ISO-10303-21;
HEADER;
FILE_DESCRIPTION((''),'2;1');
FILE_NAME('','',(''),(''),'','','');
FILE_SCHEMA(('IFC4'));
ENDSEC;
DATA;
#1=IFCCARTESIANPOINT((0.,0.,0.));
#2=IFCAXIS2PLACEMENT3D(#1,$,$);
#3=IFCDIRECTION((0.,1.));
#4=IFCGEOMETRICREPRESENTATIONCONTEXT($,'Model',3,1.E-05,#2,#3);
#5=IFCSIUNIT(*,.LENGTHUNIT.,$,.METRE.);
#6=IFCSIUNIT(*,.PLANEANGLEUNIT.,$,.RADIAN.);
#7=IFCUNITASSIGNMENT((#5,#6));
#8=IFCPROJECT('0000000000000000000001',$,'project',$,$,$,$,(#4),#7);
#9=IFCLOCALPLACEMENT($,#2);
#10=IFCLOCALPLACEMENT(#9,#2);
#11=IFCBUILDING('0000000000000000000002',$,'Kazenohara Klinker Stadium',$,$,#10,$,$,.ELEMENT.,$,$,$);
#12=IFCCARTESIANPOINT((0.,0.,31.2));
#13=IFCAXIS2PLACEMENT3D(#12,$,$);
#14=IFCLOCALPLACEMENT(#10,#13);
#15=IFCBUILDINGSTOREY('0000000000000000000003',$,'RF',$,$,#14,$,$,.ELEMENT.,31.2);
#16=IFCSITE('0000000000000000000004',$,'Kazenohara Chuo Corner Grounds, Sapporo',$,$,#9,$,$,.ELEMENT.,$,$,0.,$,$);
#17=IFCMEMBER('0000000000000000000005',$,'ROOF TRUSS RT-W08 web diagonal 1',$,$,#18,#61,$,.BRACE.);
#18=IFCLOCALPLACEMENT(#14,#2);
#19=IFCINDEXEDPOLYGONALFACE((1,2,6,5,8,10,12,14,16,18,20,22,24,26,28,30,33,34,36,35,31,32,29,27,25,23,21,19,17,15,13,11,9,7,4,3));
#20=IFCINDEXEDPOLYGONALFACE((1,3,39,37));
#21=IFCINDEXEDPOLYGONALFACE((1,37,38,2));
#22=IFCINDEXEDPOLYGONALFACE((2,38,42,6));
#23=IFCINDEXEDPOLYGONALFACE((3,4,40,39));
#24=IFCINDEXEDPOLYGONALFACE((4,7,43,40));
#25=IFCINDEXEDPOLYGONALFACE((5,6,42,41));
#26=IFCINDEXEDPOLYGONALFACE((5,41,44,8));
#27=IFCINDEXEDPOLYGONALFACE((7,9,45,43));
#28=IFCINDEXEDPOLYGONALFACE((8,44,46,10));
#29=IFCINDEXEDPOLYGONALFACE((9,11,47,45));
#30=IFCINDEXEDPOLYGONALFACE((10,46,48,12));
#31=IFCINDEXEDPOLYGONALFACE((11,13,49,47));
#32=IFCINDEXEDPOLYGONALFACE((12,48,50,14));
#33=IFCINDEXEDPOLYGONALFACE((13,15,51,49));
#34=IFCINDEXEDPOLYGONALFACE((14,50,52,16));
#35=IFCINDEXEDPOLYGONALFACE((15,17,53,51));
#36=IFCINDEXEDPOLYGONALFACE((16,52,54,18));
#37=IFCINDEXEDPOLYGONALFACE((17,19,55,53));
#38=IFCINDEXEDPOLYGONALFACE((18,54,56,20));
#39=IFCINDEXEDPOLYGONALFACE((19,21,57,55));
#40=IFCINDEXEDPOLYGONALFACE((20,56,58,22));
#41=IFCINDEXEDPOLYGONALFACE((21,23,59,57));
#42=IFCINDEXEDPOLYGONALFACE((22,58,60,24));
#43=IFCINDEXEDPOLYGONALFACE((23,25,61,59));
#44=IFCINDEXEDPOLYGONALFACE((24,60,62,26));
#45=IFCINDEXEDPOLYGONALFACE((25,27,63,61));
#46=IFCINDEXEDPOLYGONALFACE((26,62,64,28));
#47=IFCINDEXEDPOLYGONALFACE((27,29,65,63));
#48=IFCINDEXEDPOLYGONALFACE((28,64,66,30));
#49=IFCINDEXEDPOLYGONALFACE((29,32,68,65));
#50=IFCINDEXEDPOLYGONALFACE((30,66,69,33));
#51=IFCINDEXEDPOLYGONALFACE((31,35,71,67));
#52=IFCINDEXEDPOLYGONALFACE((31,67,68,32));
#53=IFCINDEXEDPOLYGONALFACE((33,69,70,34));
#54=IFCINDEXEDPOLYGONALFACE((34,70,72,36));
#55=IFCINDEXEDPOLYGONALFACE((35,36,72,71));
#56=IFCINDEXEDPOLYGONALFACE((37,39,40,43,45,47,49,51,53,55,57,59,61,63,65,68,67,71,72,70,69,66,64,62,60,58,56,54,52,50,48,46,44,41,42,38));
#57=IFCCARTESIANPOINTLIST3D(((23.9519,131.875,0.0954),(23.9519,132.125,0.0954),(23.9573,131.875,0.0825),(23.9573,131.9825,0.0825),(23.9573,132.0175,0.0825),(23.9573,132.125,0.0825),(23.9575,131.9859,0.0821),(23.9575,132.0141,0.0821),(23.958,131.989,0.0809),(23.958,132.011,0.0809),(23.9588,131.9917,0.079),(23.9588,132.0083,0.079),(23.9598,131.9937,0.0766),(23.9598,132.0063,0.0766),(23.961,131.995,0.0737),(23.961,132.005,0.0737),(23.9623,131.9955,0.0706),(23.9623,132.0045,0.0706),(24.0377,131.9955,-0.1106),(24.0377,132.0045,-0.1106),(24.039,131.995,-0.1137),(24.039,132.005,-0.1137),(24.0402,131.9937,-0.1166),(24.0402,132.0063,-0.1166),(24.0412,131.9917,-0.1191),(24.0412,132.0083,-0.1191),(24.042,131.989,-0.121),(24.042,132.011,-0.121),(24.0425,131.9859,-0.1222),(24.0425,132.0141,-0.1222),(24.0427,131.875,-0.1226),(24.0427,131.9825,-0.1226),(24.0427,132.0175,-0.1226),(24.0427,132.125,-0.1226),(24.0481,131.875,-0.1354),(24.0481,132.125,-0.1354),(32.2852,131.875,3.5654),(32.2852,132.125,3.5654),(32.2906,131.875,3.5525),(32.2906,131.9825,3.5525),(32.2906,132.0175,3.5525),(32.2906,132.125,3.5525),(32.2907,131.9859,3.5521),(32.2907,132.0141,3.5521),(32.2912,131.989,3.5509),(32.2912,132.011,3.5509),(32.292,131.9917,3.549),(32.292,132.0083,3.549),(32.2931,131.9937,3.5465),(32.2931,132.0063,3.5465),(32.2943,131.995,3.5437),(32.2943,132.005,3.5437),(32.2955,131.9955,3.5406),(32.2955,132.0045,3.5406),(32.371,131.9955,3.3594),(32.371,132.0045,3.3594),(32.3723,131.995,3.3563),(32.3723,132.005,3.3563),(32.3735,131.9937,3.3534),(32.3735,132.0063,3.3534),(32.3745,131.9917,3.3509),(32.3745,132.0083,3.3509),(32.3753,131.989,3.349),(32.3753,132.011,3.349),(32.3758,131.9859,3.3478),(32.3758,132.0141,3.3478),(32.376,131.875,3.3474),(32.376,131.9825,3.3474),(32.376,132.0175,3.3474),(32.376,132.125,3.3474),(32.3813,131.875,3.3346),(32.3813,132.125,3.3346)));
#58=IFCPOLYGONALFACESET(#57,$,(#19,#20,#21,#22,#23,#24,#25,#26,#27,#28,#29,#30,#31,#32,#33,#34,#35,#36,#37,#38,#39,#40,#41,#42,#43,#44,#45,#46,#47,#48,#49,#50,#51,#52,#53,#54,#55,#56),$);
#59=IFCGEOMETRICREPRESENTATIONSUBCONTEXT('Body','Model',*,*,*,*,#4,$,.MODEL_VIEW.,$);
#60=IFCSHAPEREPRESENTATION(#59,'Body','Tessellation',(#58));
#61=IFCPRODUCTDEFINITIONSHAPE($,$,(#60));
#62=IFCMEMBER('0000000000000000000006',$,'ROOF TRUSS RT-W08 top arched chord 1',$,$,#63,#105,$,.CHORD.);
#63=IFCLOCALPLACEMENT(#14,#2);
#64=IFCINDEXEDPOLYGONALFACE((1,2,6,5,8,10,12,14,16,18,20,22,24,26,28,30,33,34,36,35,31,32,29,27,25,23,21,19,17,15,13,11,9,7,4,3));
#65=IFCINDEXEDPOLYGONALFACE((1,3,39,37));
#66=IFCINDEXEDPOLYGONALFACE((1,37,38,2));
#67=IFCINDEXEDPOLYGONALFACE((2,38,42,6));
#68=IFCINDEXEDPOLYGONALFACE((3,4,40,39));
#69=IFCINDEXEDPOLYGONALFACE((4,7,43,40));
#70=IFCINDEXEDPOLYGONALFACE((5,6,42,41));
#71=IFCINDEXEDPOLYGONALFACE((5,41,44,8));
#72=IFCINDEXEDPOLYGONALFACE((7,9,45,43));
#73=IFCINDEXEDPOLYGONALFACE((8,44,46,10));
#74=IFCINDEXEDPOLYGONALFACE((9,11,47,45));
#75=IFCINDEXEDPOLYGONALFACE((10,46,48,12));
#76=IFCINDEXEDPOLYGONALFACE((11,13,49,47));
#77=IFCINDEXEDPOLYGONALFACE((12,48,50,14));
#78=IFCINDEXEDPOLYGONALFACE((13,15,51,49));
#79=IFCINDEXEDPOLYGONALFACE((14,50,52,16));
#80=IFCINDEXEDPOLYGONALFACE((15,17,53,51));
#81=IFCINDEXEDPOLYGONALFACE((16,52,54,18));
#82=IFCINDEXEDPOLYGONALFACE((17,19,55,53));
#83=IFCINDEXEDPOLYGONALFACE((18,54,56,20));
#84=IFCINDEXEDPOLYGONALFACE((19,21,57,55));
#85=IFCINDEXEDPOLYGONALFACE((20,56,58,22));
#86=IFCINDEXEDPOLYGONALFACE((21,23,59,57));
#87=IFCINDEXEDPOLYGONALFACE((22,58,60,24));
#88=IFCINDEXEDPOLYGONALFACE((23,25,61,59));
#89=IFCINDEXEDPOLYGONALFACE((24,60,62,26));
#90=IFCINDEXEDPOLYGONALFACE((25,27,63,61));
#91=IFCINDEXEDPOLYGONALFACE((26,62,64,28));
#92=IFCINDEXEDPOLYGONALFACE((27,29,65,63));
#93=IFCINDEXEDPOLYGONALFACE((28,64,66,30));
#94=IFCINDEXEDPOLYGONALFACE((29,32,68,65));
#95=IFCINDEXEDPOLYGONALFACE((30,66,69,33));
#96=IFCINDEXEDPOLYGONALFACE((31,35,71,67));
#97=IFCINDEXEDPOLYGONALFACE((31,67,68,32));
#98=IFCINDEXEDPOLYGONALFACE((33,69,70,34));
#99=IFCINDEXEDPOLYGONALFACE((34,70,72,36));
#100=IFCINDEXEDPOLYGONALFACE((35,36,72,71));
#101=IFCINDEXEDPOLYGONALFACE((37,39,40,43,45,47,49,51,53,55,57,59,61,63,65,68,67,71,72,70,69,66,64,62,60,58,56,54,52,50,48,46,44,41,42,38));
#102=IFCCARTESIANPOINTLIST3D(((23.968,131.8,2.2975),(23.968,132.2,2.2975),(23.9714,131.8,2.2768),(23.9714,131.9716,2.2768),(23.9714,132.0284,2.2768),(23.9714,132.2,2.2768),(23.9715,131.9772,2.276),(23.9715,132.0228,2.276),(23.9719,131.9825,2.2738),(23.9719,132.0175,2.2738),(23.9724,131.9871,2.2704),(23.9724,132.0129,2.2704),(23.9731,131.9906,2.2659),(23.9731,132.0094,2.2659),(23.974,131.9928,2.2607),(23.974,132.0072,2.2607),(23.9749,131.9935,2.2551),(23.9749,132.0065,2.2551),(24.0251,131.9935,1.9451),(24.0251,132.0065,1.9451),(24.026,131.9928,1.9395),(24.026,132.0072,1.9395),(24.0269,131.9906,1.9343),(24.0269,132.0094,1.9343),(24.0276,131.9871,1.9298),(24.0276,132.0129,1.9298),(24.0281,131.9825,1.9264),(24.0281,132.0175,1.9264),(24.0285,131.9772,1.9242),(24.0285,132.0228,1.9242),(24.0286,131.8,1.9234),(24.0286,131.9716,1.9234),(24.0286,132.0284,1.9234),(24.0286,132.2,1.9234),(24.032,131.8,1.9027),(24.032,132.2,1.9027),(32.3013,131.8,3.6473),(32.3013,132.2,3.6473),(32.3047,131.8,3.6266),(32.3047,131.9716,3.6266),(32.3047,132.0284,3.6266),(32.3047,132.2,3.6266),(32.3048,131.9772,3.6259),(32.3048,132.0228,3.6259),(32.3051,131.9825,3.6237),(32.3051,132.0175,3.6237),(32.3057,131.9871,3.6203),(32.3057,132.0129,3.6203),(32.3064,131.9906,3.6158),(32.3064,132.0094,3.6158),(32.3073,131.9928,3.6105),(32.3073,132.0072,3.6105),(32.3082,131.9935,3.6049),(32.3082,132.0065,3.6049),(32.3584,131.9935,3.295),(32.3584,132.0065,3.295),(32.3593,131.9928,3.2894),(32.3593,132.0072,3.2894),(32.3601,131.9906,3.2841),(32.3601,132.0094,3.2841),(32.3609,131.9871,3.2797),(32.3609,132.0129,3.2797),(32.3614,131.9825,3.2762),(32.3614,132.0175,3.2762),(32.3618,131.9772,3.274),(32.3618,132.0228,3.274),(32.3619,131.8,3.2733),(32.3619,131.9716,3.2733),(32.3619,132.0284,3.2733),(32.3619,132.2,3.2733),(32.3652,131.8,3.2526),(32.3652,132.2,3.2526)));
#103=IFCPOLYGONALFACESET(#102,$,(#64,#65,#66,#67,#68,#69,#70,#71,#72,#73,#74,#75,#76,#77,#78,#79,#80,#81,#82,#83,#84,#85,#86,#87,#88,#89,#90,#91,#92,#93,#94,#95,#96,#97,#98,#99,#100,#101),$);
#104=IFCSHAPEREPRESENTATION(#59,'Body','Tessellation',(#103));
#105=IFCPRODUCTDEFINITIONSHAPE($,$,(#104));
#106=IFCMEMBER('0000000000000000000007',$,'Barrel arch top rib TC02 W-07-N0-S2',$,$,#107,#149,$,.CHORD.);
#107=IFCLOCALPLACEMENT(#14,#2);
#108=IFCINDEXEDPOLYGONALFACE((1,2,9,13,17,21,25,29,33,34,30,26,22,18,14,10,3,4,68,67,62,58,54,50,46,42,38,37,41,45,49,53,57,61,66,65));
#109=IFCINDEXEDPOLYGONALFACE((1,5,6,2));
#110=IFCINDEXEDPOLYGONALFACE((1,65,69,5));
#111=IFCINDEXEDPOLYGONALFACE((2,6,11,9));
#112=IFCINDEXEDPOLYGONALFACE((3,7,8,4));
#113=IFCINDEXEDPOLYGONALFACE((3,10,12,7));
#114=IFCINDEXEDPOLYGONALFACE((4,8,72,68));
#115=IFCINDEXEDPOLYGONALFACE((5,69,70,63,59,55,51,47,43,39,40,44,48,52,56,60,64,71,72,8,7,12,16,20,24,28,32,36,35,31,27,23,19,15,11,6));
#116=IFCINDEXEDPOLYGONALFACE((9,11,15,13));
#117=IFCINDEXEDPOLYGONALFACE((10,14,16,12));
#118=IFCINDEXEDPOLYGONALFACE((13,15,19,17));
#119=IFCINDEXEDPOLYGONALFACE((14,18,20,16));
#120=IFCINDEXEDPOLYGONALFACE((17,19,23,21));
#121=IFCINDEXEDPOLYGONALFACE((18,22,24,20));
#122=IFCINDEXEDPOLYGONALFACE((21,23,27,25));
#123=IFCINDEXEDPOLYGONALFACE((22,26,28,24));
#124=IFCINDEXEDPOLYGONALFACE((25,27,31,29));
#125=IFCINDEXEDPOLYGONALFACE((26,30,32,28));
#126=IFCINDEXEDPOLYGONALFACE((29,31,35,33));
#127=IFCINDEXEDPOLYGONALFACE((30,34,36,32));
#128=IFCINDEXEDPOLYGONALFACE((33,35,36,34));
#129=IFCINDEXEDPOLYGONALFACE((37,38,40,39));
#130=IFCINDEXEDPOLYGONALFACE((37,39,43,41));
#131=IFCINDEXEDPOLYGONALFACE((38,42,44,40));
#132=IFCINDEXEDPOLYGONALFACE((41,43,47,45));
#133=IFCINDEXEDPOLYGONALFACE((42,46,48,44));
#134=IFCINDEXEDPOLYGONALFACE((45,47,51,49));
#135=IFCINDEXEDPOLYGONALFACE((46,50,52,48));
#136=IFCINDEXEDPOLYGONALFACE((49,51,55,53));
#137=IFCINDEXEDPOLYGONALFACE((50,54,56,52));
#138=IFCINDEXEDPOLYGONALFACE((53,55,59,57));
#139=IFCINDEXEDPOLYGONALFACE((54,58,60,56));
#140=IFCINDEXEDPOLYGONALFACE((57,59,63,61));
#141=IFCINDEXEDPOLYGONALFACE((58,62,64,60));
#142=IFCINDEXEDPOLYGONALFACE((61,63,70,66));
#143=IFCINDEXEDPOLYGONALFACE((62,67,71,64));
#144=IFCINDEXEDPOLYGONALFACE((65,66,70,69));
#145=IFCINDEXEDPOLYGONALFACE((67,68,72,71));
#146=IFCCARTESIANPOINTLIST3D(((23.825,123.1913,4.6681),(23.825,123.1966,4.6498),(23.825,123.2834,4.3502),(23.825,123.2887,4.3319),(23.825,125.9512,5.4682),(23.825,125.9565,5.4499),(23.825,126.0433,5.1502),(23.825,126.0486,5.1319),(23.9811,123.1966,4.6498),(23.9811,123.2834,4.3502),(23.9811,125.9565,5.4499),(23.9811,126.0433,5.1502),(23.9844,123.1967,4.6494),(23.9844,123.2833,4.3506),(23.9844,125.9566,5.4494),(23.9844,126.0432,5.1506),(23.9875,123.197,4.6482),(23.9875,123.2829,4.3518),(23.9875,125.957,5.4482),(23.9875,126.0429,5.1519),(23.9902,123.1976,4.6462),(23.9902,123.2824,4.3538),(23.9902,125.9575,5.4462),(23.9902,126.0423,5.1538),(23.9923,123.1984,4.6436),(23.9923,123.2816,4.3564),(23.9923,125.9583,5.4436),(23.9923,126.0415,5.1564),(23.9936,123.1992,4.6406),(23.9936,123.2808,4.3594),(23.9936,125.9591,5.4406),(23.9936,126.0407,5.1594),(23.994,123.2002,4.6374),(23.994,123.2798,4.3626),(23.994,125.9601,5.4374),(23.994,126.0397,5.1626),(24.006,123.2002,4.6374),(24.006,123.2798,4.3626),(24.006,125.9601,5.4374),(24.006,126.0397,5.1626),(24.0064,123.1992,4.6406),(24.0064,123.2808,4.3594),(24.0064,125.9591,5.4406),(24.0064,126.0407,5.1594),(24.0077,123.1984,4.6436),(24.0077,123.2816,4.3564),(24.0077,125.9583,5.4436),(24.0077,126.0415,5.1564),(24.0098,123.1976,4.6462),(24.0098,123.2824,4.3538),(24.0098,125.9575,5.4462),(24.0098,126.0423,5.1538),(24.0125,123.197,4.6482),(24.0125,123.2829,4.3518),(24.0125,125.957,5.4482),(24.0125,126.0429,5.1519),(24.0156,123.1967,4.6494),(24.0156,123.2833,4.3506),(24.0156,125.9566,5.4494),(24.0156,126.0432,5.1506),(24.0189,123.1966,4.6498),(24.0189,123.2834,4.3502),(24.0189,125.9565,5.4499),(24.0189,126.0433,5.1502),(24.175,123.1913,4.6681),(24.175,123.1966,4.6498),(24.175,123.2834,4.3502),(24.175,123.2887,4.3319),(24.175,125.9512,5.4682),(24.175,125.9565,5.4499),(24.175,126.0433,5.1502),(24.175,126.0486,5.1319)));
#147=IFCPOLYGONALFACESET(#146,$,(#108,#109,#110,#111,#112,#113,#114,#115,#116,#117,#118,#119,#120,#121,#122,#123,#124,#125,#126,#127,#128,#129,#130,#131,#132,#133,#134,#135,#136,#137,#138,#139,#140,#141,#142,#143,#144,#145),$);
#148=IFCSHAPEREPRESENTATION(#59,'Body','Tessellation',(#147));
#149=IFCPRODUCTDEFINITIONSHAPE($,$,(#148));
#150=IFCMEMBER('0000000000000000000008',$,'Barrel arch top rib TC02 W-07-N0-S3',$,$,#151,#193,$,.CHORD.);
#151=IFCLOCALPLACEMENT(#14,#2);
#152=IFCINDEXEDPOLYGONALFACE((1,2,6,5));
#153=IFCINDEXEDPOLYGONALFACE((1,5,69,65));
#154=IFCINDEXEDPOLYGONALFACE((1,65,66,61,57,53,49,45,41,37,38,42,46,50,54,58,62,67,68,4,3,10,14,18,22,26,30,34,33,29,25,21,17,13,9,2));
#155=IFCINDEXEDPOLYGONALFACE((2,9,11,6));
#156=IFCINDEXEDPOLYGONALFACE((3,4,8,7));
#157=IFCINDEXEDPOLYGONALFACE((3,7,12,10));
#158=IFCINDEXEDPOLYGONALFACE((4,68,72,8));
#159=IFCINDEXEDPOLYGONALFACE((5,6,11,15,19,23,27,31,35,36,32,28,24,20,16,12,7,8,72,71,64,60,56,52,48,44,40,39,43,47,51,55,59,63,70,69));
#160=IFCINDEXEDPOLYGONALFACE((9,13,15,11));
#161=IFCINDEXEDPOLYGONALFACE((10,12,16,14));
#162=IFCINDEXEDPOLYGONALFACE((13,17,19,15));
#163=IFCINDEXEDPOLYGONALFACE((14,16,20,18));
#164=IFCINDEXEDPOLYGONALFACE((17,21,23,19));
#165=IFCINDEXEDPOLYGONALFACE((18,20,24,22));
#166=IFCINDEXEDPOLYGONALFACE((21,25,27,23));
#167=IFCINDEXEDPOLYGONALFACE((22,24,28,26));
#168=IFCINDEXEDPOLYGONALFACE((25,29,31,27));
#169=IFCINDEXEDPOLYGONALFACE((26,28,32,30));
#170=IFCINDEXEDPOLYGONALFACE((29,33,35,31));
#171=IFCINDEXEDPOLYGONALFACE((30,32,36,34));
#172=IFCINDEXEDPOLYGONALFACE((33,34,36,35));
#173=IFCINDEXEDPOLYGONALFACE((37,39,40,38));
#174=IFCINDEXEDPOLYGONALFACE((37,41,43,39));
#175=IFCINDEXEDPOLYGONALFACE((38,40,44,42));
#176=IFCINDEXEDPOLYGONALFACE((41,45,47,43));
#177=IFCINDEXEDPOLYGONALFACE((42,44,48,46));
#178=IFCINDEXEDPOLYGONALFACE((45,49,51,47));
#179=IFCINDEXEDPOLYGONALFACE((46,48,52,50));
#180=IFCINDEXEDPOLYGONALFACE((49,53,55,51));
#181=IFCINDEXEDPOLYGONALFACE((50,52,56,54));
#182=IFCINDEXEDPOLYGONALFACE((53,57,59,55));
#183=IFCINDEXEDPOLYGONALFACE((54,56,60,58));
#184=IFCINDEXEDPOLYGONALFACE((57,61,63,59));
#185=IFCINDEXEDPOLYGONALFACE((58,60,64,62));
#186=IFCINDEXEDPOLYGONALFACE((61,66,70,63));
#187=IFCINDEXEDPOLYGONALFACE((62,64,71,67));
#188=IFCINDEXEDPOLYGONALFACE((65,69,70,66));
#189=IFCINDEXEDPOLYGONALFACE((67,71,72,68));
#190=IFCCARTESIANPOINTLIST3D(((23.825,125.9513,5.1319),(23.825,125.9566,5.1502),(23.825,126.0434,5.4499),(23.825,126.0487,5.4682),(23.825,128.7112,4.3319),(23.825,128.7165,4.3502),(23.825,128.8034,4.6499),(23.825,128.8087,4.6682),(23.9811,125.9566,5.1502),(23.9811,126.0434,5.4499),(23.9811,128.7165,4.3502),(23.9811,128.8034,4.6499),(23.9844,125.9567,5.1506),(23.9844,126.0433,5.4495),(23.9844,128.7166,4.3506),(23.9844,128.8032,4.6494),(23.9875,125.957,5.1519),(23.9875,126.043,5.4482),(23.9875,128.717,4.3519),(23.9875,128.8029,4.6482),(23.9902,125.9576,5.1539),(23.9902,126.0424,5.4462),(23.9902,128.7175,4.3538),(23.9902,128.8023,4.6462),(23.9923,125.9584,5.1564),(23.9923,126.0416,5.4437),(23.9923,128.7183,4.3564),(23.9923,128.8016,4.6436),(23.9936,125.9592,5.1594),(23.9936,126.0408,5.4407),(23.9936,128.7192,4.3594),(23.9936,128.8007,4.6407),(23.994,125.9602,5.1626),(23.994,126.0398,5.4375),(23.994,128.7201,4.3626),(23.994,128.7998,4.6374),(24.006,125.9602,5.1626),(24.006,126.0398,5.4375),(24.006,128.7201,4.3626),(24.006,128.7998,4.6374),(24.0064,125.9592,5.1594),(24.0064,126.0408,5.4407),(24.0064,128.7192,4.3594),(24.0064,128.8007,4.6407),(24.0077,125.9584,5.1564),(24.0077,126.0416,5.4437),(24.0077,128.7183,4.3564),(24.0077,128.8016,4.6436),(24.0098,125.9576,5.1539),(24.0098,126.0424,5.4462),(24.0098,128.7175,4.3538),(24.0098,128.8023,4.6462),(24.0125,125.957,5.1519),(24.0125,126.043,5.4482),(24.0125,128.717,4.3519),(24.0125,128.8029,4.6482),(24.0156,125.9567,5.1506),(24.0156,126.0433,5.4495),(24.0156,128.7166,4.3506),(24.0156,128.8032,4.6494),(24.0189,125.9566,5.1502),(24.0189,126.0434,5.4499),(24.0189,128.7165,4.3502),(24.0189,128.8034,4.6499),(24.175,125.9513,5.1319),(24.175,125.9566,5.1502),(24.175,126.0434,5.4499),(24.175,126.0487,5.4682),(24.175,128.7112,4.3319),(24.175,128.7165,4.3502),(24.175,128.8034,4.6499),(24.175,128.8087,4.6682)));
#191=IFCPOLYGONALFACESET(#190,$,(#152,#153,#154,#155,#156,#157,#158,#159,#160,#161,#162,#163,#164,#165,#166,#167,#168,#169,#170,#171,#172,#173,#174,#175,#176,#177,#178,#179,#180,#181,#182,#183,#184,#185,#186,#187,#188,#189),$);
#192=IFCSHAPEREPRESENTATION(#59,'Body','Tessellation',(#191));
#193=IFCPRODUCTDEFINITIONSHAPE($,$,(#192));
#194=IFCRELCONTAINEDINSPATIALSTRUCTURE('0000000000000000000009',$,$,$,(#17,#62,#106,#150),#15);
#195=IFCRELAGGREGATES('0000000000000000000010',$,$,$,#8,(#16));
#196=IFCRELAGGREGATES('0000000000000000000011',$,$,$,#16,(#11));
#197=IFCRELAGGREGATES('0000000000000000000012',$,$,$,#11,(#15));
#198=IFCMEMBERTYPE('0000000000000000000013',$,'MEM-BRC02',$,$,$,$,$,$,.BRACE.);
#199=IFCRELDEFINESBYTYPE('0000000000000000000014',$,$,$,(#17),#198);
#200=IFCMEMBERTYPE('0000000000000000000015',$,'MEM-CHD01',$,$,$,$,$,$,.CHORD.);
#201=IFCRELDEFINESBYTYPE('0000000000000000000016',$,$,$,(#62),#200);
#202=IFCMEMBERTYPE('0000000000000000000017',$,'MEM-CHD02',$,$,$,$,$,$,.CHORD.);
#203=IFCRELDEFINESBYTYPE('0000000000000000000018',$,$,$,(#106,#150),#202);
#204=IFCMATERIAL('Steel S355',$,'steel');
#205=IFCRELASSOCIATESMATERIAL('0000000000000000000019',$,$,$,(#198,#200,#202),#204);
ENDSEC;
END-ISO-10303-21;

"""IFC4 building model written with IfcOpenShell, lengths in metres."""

from ifc_helpers import new_model, si_unit, direction, frame, origin, origin_2d, place, context, subcontext, project, spatial, i_section, extrude, material, material_profile, profile_set, type_object, element, save


model = new_model("IFC4")

# Units and contexts
model_context = context("Model", 3, precision=1e-05, world=origin(), true_north=direction((0.0, 1.0)))
body_context = subcontext(model_context, "Body", "Model", "MODEL_VIEW")
ifc_project = project(units=[si_unit("LENGTHUNIT", "METRE"), si_unit("PLANEANGLEUNIT", "RADIAN")], contexts=[model_context])

# Site, building, storey
site_placement = place(None, origin())
site = spatial("IfcSite", under=ifc_project, at=site_placement, Name="Kazenohara Chuo Corner Grounds, Sapporo", CompositionType="ELEMENT", RefElevation=0.0)
building_placement = place(site_placement, origin())
building = spatial("IfcBuilding", under=site, at=building_placement, Name="Kazenohara Klinker Stadium", CompositionType="ELEMENT")
storey_placement = place(building_placement, frame((0.0, 0.0, 31.2)))
storey = spatial("IfcBuildingStorey", under=building, at=storey_placement, Name="RF", CompositionType="ELEMENT", Elevation=31.2)

# Members
ifc_material_1 = material(Name="Steel S355", Category="steel")
ifc_material_profile_1 = material_profile(ifc_material_1, i_section(OverallWidth=0.25, OverallDepth=0.25, WebThickness=0.009, FlangeThickness=0.0139, FilletRadius=0.0129, at=origin_2d()), Name="H-250x250x9x14")
ifc_profile_set_1 = profile_set([ifc_material_profile_1], Name="Steel S355")
member_type_1 = type_object("IfcMemberType", Name="MEM-BRC02", PredefinedType="BRACE", material=ifc_profile_set_1)
member_1_placement = place(storey_placement, frame((24.0, 132.0, -0.02), z_axis=(0.923164, 0.0, 0.384406), x_axis=(0.0, 1.0, 0.0)))
element("IfcMember", 1, at=member_1_placement, inside=storey, type_object=member_type_1, Name="ROOF TRUSS RT-W08 web diagonal 1", PredefinedType="BRACE", context=body_context, shape_type="SweptSolid", body=[
    extrude(i_section(OverallWidth=0.25, OverallDepth=0.25, WebThickness=0.009, FlangeThickness=0.0139, FilletRadius=0.0129, at=origin_2d()), origin(), (0.0, 0.0, 1.0), 9.0269),
])
ifc_material_profile_2 = material_profile(ifc_material_1, i_section(OverallWidth=0.3999, OverallDepth=0.3999, WebThickness=0.0129, FlangeThickness=0.021, FilletRadius=0.022, at=origin_2d()), Name="H-400x400x13x21")
ifc_profile_set_2 = profile_set([ifc_material_profile_2], Name="Steel S355")
member_type_2 = type_object("IfcMemberType", Name="MEM-CHD01", PredefinedType="CHORD", material=ifc_profile_set_2)
member_2_placement = place(storey_placement, frame((24.0, 132.0, 2.1001), z_axis=(0.987133, 0.0, 0.1599), x_axis=(0.0, 1.0, 0.0)))
element("IfcMember", 2, at=member_2_placement, inside=storey, type_object=member_type_2, Name="ROOF TRUSS RT-W08 top arched chord 1", PredefinedType="CHORD", context=body_context, shape_type="SweptSolid", body=[
    extrude(i_section(OverallWidth=0.3999, OverallDepth=0.3999, WebThickness=0.0129, FlangeThickness=0.021, FilletRadius=0.022, at=origin_2d()), origin(), (0.0, 0.0, 1.0), 8.4419),
])
ifc_material_profile_3 = material_profile(ifc_material_1, i_section(OverallWidth=0.3501, OverallDepth=0.3501, WebThickness=0.012, FlangeThickness=0.019, FilletRadius=0.0129, at=origin_2d()), Name="H-350x350x12x19")
ifc_profile_set_3 = profile_set([ifc_material_profile_3], Name="Steel S355")
member_type_3 = type_object("IfcMemberType", Name="MEM-CHD02", PredefinedType="CHORD", material=ifc_profile_set_3)
for number, where, z_axis, x_axis, name in (
    (3, (24.0, 123.24, 4.5), (0.0, 0.960462, 0.278411), (-1.0, 0.0, 0.0), "Barrel arch top rib TC02 W-07-N0-S2"),
    (4, (24.0, 126.0, 5.3), (0.0, 0.960462, -0.278411), (-1.0, 0.0, 0.0), "Barrel arch top rib TC02 W-07-N0-S3"),
):
    element("IfcMember", number, at=place(storey_placement, frame(where, z_axis=z_axis, x_axis=x_axis)), inside=storey, type_object=member_type_3, Name=name, PredefinedType="CHORD", context=body_context, shape_type="SweptSolid", body=[
        extrude(i_section(OverallWidth=0.3501, OverallDepth=0.3501, WebThickness=0.012, FlangeThickness=0.019, FilletRadius=0.0129, at=origin_2d()), origin(), (0.0, 0.0, 1.0), 2.8735),
    ])

save(model, "model.ifc")
